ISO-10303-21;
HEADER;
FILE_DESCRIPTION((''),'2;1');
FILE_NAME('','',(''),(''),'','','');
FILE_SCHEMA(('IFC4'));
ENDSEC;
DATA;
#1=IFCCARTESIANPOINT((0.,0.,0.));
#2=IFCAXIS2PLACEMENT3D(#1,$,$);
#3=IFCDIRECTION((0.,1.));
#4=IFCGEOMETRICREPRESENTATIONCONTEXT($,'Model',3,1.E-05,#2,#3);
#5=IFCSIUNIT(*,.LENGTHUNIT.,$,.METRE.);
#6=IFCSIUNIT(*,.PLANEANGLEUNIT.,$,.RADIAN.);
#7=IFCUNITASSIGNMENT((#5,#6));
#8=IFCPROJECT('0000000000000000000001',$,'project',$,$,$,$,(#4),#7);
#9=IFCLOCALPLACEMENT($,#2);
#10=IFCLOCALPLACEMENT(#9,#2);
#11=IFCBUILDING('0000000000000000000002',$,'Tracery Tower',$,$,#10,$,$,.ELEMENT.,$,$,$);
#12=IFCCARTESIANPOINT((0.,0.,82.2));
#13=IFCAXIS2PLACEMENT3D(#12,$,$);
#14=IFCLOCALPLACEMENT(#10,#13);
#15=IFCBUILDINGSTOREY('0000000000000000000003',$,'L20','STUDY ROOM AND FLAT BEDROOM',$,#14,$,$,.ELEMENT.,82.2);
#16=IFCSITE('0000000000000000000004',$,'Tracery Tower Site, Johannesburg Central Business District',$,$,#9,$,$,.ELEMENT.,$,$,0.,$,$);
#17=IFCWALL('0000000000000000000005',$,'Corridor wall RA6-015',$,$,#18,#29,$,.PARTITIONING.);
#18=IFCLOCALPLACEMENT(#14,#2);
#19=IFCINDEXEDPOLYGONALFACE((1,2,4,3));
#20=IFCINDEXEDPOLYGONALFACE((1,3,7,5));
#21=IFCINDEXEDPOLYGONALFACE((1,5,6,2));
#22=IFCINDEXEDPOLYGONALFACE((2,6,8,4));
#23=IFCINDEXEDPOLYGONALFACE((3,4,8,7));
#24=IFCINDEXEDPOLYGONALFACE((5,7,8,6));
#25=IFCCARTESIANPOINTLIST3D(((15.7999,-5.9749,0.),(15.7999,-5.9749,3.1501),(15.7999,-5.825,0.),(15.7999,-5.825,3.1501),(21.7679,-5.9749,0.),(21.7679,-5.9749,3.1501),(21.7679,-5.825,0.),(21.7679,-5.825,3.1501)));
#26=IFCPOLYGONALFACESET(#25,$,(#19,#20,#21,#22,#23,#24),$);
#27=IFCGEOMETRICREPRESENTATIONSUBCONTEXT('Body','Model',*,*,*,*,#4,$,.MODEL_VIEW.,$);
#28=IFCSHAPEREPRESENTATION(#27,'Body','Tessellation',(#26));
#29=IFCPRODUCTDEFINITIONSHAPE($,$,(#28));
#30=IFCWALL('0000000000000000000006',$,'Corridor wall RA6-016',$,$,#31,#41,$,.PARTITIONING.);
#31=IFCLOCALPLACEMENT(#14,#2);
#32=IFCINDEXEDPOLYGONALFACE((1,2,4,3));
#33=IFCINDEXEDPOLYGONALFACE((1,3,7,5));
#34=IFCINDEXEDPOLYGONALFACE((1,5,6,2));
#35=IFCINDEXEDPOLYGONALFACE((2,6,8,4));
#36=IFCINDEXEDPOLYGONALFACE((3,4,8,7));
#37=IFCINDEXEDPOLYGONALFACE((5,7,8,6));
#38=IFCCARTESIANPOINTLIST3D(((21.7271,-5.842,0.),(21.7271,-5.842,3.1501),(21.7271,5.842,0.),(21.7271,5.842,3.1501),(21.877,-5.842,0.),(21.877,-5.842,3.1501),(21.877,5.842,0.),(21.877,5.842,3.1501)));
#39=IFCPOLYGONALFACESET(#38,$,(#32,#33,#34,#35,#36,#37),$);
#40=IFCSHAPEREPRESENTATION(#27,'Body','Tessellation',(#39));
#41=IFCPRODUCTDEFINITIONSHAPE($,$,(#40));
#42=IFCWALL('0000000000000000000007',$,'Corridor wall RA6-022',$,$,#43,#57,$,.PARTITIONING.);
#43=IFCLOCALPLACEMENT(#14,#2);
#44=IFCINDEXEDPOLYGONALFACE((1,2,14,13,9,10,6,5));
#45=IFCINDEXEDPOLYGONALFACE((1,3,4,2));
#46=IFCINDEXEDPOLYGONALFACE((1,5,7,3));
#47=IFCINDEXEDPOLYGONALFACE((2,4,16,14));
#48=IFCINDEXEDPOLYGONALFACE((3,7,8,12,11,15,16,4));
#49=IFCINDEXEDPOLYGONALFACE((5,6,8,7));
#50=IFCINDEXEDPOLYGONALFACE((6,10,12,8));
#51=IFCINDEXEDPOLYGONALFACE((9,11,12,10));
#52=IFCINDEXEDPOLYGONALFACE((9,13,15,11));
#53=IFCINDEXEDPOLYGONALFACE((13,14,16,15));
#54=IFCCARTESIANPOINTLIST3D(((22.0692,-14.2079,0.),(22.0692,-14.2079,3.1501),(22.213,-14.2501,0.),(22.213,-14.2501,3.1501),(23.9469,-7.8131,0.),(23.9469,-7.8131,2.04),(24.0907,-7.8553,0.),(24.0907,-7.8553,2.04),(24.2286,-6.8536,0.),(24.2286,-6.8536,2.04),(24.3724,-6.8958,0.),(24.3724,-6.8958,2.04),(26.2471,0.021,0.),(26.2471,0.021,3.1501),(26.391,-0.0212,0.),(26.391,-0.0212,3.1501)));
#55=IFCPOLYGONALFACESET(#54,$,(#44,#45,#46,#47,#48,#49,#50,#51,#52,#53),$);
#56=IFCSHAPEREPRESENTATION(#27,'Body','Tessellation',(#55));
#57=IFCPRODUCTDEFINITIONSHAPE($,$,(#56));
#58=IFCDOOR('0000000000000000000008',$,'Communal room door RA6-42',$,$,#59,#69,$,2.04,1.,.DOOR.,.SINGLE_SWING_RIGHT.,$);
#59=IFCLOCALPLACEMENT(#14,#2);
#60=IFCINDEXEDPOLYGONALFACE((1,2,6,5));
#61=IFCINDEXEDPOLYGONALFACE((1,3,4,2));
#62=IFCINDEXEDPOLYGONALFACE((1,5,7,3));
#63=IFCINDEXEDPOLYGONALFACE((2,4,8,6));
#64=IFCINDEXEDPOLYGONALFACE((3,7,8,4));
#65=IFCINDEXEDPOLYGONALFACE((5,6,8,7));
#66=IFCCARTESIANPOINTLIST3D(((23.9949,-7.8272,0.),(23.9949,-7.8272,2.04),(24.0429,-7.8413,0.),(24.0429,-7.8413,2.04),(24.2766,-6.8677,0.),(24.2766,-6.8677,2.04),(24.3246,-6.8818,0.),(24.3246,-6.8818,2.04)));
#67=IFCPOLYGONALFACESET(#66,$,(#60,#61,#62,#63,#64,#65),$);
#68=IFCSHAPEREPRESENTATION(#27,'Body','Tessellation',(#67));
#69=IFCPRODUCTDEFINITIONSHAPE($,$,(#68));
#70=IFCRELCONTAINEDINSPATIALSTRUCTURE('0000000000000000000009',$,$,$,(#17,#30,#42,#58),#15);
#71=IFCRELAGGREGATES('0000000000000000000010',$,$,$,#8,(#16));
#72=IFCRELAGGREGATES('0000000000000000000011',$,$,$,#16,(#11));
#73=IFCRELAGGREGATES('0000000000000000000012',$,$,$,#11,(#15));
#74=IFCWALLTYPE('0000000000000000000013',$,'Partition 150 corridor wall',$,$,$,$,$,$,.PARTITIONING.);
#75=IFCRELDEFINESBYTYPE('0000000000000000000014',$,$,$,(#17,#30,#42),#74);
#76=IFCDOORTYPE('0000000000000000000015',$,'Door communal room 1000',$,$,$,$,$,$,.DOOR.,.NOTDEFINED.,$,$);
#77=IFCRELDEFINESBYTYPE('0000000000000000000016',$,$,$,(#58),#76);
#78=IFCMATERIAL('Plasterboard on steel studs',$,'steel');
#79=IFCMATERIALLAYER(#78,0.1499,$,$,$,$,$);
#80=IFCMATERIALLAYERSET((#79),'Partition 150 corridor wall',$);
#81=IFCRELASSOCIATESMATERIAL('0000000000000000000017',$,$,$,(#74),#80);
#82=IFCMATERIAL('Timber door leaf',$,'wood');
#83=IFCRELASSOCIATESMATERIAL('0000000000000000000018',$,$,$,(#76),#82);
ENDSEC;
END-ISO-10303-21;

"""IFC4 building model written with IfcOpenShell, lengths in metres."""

from ifc_helpers import new_model, si_unit, direction, frame, frame_2d, origin, place, context, subcontext, project, spatial, rectangle, extrude, material, layer, layer_set, type_object, element, fill, save


model = new_model("IFC4")

# Units and contexts
model_context = context("Model", 3, precision=1e-05, world=origin(), true_north=direction((0.0, 1.0)))
body_context = subcontext(model_context, "Body", "Model", "MODEL_VIEW")
ifc_project = project(units=[si_unit("LENGTHUNIT", "METRE"), si_unit("PLANEANGLEUNIT", "RADIAN")], contexts=[model_context])

# Site, building, storey
site_placement = place(None, origin())
site = spatial("IfcSite", under=ifc_project, at=site_placement, Name="Tracery Tower Site, Johannesburg Central Business District", CompositionType="ELEMENT", RefElevation=0.0)
building_placement = place(site_placement, origin())
building = spatial("IfcBuilding", under=site, at=building_placement, Name="Tracery Tower", CompositionType="ELEMENT")
storey_placement = place(building_placement, frame((0.0, 0.0, 82.2)))
storey = spatial("IfcBuildingStorey", under=building, at=storey_placement, Name="L20", Description="STUDY ROOM AND FLAT BEDROOM", CompositionType="ELEMENT", Elevation=82.2)

# Shared definitions
ifc_material_1 = material(Name="Plasterboard on steel studs", Category="steel")
ifc_layer_1 = layer(ifc_material_1, 0.1499)
ifc_layer_set_1 = layer_set([ifc_layer_1], Name="Partition 150 corridor wall")
wall_type_1 = type_object("IfcWallType", Name="Partition 150 corridor wall", PredefinedType="PARTITIONING", material=ifc_layer_set_1)

# Shared definitions
ifc_material_2 = material(Name="Timber door leaf", Category="wood")
door_type_1 = type_object("IfcDoorType", Name="Door communal room 1000", OperationType="NOTDEFINED", PredefinedType="DOOR", material=ifc_material_2)

# Walls
wall_1_placement = place(storey_placement, frame((15.8, -5.8999, 0.0), z_axis=(0.0, 0.0, 1.0), x_axis=(1.0, 0.0, 0.0)))
element("IfcWall", 1, at=wall_1_placement, inside=storey, type_object=wall_type_1, Name="Corridor wall RA6-015", PredefinedType="PARTITIONING", context=body_context, shape_type="SweptSolid", body=[
    extrude(rectangle(XDim=5.968, YDim=0.1499, at=frame_2d((2.9839, 0.0))), origin(), (0.0, 0.0, 1.0), 3.1501),
])
wall_2_placement = place(storey_placement, frame((21.802, -5.842, 0.0), z_axis=(0.0, 0.0, 1.0), x_axis=(0.0, 1.0, 0.0)))
element("IfcWall", 2, at=wall_2_placement, inside=storey, type_object=wall_type_1, Name="Corridor wall RA6-016", PredefinedType="PARTITIONING", context=body_context, shape_type="SweptSolid", body=[
    extrude(rectangle(XDim=11.6841, YDim=0.1499, at=frame_2d((5.842, 0.0))), origin(), (0.0, 0.0, 1.0), 3.1501),
])

# Wall, opening, door
wall_3_placement = place(storey_placement, frame((22.1411, -14.229, 0.0), z_axis=(0.0, 0.0, 1.0), x_axis=(0.28173, 0.959494, 0.0)))
wall_3 = element("IfcWall", 3, at=wall_3_placement, inside=storey, type_object=wall_type_1, Name="Corridor wall RA6-022", PredefinedType="PARTITIONING", context=body_context, shape_type="SweptSolid", body=[
    extrude(rectangle(XDim=14.8296, YDim=0.1499, at=frame_2d((7.4148, 0.0))), origin(), (0.0, 0.0, 1.0), 3.1501),
])
opening_1_placement = place(wall_3_placement, frame((6.6648, 0.0, 0.0)))
opening_1 = element("IfcOpeningElement", 4, at=opening_1_placement, cuts=wall_3, PredefinedType="OPENING", context=body_context, shape_type="SweptSolid", body=[
    extrude(rectangle(XDim=1.0, YDim=2.04, at=frame_2d((0.5, 1.02))), frame((0.0, 0.075, 0.0), z_axis=(0.0, -1.0, 0.0), x_axis=(1.0, 0.0, 0.0)), (0.0, 0.0, 1.0), 0.1499),
])
door_1_placement = place(opening_1_placement, origin())
door_1 = element("IfcDoor", 5, at=door_1_placement, inside=storey, type_object=door_type_1, Name="Communal room door RA6-42", OperationType="SINGLE_SWING_RIGHT", OverallHeight=2.04, OverallWidth=1.0, PredefinedType="DOOR", context=body_context, shape_type="SweptSolid", body=[
    extrude(rectangle(XDim=1.0, YDim=2.04, at=frame_2d((0.5, 1.02))), frame((0.0, 0.0249, 0.0), z_axis=(0.0, -1.0, 0.0), x_axis=(1.0, 0.0, 0.0)), (0.0, 0.0, 1.0), 0.05),
])
fill(opening_1, door_1)

save(model, "model.ifc")
